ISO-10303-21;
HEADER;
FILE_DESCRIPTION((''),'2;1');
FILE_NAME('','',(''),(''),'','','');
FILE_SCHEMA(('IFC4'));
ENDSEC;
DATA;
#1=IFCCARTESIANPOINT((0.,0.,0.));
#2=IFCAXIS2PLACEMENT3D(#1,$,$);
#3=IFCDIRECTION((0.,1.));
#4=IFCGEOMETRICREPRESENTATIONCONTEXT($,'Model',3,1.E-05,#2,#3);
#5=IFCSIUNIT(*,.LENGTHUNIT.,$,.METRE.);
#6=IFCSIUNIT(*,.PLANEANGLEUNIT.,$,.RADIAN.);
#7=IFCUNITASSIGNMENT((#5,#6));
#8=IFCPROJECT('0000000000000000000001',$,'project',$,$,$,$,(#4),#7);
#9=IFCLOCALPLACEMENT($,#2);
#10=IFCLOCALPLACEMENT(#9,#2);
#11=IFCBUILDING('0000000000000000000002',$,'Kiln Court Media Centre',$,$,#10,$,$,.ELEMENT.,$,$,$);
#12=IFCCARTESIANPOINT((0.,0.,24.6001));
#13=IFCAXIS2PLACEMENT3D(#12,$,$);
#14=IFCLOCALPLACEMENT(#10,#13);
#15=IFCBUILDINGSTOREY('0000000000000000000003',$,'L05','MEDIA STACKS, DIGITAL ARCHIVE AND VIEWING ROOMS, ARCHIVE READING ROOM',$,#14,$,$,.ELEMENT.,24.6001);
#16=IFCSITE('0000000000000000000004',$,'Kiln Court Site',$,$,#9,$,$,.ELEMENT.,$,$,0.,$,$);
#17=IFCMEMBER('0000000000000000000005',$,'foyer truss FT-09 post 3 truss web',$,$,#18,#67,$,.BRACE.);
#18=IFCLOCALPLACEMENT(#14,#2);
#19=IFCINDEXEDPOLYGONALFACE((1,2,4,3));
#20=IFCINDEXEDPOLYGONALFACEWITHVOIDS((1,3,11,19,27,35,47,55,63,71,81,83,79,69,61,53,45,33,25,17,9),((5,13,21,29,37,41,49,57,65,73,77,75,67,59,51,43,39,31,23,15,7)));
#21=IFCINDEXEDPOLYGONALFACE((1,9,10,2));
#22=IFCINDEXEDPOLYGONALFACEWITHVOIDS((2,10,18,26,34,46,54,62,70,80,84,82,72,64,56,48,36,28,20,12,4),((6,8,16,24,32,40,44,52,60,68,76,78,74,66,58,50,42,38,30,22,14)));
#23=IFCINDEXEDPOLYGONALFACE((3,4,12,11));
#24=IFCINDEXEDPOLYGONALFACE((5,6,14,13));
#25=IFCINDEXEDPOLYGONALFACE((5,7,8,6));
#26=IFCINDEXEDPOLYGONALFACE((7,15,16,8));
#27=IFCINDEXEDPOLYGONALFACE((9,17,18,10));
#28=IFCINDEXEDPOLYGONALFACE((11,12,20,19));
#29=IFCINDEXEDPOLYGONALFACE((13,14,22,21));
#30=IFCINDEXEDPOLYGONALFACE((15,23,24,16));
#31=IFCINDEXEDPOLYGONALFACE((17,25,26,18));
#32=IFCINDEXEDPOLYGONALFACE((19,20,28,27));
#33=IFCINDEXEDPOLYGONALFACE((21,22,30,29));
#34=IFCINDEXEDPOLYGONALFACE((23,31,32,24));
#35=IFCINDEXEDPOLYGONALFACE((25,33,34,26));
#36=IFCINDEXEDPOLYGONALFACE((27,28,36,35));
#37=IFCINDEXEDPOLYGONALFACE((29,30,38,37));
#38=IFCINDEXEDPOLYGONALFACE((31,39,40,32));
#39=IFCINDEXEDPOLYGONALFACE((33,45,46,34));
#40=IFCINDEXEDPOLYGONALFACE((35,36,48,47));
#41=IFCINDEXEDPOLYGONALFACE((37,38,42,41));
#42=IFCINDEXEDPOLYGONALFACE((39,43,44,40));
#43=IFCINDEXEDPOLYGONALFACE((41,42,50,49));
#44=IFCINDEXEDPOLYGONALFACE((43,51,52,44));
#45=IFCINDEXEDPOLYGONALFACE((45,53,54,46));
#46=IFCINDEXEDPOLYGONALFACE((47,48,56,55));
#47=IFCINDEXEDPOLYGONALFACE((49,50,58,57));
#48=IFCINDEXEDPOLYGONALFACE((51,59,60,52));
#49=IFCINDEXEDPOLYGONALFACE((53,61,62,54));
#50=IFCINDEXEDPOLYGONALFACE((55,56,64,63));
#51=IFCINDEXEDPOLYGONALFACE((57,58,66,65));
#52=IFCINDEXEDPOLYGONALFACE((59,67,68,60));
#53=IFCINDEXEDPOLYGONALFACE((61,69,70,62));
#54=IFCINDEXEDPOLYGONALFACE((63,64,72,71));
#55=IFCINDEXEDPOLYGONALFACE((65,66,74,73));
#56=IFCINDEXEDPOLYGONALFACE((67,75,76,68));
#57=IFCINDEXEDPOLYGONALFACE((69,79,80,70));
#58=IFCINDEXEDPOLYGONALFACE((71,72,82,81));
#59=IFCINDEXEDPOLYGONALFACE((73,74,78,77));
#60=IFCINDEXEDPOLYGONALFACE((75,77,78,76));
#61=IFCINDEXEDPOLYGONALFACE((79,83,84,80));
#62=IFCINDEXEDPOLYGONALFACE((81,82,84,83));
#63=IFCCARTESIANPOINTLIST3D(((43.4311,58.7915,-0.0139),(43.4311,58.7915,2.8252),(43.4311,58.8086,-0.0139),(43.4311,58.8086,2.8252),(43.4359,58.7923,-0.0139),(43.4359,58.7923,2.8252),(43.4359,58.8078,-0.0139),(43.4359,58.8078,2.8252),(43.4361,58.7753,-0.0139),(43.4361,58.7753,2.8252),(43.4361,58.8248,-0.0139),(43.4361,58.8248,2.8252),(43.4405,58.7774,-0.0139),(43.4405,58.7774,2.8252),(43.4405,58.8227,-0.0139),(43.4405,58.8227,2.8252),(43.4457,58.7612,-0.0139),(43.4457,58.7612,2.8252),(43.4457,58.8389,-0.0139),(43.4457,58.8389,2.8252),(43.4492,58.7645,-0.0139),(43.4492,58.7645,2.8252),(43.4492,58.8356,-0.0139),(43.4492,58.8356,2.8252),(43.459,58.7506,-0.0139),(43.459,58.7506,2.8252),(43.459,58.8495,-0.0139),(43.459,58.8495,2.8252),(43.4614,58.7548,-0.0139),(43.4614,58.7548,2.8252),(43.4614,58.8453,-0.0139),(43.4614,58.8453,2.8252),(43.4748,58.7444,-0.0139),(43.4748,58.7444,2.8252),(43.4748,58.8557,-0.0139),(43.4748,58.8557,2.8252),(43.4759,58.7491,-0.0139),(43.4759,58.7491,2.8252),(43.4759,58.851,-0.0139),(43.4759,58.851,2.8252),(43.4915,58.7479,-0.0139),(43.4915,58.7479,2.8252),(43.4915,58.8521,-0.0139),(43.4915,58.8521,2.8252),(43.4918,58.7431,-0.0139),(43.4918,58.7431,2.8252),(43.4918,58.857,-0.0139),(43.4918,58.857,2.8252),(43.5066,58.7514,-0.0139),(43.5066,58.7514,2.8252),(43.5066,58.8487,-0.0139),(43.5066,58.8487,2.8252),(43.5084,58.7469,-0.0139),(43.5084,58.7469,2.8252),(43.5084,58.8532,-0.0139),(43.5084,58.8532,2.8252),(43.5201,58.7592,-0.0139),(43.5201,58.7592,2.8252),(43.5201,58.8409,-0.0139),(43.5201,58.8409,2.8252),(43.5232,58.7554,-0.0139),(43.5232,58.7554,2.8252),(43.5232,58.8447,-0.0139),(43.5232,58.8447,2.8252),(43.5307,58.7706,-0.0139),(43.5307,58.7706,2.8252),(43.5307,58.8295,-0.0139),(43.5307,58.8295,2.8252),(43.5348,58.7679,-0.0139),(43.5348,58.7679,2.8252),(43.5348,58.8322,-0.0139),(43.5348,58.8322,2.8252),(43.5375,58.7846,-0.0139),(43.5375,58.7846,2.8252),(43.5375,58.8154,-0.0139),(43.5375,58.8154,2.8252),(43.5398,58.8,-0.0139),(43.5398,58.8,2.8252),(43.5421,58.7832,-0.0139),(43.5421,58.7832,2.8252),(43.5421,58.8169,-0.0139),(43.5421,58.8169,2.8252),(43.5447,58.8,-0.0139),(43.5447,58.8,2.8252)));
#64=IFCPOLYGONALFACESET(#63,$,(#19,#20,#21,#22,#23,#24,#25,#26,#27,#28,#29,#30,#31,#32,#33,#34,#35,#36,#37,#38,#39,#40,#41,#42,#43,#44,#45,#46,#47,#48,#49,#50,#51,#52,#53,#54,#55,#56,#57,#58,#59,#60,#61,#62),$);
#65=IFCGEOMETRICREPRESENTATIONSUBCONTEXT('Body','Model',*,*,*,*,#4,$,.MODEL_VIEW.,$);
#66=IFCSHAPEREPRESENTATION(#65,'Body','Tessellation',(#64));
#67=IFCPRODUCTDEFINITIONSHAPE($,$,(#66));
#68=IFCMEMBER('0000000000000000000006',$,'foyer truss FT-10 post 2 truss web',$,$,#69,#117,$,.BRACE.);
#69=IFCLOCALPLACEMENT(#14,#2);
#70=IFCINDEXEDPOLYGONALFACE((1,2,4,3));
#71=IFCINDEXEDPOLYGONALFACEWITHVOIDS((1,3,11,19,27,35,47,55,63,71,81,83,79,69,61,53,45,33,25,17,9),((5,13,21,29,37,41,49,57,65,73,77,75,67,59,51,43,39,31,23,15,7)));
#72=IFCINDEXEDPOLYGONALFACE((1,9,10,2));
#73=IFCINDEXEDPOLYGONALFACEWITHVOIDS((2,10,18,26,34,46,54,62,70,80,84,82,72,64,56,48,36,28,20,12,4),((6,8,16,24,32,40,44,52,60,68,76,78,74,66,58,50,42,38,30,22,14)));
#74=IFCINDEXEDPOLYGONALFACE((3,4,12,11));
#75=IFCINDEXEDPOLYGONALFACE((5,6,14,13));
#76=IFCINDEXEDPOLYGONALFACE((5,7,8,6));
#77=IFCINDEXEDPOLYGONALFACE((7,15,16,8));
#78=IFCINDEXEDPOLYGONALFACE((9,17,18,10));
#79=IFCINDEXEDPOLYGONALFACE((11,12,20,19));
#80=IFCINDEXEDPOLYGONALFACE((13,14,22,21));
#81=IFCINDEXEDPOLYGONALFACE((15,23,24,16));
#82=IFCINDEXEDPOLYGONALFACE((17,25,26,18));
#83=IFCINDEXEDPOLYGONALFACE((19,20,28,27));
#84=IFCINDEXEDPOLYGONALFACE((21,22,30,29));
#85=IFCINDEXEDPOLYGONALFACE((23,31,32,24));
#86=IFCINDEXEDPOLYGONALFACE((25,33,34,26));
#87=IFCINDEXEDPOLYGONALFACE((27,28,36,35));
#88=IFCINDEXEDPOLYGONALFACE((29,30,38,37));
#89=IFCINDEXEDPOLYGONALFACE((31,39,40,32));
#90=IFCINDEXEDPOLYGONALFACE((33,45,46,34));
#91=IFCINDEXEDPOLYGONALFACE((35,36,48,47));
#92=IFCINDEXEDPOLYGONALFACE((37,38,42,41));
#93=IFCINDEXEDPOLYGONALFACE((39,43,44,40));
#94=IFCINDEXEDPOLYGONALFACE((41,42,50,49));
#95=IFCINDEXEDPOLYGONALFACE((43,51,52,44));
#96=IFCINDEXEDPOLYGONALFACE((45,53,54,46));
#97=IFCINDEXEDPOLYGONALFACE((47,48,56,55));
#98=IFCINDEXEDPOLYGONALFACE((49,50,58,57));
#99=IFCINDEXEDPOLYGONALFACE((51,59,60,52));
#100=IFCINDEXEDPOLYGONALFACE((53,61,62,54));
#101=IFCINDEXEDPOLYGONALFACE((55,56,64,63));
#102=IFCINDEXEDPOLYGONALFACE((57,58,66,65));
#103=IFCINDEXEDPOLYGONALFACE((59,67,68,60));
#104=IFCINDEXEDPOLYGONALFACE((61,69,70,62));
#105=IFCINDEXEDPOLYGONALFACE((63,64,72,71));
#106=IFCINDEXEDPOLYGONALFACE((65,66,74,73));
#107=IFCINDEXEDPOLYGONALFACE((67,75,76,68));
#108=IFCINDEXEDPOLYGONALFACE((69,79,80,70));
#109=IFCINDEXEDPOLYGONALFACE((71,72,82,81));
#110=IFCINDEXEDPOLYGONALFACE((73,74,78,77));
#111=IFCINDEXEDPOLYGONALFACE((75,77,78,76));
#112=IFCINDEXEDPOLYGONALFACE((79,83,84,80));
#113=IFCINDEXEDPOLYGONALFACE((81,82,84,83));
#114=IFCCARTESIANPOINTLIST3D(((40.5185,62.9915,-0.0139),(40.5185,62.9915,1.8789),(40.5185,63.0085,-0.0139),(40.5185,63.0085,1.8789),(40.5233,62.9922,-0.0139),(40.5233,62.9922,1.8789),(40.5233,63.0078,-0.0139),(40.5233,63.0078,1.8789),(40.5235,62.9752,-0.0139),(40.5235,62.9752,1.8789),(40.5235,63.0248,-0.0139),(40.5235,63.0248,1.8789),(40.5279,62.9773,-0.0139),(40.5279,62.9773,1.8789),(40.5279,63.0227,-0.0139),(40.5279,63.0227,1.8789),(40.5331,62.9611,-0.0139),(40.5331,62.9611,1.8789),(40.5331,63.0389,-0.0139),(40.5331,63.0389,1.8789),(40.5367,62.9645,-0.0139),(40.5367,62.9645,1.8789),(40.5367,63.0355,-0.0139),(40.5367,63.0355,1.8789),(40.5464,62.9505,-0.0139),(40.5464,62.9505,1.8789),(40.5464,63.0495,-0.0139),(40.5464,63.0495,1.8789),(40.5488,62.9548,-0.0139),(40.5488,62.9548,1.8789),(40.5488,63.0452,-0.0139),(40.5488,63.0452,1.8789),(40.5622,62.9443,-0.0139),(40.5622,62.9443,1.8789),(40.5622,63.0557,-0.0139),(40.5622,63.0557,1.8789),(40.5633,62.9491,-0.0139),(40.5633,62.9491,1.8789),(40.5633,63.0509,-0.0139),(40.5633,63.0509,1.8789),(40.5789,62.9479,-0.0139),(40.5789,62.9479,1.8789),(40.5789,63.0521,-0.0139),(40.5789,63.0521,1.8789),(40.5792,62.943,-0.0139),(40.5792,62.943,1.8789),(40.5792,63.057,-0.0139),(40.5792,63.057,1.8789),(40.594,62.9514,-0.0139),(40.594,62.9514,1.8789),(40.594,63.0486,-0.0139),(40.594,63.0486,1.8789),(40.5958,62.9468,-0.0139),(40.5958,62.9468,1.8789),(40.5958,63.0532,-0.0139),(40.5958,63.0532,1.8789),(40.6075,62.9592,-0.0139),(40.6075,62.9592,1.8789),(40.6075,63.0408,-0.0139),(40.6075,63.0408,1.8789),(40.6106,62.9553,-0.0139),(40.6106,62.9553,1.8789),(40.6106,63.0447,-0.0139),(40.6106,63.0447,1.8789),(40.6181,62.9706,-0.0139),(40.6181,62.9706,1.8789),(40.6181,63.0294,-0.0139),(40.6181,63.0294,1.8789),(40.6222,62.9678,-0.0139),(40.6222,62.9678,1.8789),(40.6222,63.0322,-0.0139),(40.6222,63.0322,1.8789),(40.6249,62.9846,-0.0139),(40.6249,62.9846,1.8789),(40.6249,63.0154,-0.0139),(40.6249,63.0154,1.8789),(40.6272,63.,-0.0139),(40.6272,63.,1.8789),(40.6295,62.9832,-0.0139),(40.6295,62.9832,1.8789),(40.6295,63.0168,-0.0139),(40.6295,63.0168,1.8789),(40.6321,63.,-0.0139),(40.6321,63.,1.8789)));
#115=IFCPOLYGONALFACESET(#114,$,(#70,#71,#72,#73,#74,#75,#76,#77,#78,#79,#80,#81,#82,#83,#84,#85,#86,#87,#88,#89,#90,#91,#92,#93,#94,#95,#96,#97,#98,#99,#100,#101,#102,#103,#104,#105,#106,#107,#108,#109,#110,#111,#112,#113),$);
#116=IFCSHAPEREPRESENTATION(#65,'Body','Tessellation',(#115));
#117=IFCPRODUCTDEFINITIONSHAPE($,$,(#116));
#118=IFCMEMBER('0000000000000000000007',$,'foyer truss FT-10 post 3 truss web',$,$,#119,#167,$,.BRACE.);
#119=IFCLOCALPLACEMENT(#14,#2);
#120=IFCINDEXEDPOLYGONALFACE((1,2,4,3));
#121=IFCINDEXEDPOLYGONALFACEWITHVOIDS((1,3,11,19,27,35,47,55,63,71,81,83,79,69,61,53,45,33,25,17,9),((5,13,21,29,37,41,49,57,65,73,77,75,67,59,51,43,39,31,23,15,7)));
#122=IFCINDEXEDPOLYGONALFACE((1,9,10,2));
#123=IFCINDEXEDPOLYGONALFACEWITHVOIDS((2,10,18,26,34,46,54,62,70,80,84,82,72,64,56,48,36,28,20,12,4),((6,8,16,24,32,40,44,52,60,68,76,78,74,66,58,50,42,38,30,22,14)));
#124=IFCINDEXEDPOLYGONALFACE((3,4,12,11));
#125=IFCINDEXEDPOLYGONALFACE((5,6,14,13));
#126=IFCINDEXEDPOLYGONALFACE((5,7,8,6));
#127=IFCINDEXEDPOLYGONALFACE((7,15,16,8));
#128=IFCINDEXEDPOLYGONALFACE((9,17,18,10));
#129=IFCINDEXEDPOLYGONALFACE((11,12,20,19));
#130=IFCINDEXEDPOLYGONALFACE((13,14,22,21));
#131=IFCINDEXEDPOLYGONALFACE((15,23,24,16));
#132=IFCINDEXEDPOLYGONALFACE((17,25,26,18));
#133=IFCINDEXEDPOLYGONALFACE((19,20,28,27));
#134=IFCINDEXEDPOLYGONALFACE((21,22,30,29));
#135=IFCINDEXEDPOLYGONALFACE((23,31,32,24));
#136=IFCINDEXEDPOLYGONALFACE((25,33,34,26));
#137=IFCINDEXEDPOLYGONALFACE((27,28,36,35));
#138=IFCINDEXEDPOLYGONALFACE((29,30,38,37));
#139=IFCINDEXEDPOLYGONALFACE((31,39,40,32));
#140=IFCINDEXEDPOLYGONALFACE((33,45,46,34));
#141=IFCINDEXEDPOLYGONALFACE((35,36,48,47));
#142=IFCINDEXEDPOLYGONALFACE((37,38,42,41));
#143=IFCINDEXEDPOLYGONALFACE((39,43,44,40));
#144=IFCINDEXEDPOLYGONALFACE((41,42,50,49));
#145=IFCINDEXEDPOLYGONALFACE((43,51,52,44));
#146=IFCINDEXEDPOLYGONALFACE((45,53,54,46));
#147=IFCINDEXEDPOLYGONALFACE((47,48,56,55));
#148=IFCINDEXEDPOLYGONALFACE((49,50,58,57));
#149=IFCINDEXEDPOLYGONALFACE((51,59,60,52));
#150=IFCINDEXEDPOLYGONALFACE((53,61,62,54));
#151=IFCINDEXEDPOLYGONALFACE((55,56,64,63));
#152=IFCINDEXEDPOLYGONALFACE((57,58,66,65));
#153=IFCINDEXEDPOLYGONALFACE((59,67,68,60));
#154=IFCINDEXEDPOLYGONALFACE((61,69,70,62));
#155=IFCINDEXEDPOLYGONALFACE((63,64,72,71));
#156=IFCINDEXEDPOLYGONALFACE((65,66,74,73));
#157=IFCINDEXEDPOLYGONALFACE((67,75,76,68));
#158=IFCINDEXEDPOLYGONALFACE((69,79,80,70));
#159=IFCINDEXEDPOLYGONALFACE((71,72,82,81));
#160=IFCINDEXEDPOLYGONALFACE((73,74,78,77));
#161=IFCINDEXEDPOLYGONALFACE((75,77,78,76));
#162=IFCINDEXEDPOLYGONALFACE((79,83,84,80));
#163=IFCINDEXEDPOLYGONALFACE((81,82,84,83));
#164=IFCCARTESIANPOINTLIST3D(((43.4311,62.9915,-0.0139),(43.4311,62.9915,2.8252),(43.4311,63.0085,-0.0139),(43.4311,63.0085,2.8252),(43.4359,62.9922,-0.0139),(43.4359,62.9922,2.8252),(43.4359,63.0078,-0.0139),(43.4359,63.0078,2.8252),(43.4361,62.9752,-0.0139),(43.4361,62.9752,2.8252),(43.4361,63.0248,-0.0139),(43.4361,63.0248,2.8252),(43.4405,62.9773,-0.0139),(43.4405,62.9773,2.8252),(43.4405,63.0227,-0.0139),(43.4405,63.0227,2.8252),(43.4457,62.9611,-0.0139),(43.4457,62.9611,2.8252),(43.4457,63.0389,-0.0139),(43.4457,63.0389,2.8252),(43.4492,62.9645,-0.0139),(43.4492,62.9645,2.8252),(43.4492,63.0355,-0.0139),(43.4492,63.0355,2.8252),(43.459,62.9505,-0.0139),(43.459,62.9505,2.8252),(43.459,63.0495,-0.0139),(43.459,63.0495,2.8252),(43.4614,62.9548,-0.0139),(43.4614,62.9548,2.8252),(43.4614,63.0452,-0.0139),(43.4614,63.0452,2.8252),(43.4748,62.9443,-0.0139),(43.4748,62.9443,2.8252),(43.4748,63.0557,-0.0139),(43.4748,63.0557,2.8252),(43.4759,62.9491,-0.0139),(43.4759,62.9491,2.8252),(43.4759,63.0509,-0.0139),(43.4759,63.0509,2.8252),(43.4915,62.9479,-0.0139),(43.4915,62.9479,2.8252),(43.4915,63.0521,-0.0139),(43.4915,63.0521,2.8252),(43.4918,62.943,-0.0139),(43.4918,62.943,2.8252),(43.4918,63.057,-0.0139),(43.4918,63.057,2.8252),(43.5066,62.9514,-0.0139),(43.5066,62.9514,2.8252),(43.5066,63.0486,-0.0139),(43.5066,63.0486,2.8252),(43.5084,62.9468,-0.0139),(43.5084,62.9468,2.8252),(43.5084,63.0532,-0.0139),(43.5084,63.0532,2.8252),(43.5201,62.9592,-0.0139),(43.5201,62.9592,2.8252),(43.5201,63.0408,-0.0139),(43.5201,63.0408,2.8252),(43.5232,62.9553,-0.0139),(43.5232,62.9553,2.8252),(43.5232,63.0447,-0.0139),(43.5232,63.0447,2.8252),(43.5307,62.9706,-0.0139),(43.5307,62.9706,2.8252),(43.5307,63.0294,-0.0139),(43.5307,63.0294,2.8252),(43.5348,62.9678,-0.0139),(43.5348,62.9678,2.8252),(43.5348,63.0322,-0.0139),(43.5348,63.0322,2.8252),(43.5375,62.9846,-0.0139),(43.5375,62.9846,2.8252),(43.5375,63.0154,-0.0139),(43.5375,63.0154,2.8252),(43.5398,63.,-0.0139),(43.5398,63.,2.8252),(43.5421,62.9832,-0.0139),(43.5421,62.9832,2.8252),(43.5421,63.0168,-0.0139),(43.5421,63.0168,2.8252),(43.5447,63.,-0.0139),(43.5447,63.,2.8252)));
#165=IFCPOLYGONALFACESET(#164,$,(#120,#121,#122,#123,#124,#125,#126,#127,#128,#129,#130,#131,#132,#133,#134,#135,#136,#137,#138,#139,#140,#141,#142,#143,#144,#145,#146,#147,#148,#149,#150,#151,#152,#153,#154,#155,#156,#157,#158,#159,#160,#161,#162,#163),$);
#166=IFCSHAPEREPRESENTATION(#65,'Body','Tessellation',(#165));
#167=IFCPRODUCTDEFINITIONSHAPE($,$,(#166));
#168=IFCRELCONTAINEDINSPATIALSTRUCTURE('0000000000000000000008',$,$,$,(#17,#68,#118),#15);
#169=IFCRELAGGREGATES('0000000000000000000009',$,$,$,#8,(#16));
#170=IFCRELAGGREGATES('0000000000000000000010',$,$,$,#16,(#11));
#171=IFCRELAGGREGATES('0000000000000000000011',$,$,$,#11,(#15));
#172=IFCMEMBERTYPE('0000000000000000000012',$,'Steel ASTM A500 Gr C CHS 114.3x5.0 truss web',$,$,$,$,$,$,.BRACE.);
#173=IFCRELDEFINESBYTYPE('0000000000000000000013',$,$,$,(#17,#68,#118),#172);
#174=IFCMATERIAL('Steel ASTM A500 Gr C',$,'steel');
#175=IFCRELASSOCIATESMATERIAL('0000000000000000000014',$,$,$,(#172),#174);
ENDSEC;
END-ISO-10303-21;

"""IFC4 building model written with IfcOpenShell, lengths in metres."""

from ifc_helpers import new_model, si_unit, direction, frame, origin, origin_2d, place, context, subcontext, project, spatial, hollow_circle, extrude, material, material_profile, profile_set, type_object, element, save


model = new_model("IFC4")

# Units and contexts
model_context = context("Model", 3, precision=1e-05, world=origin(), true_north=direction((0.0, 1.0)))
body_context = subcontext(model_context, "Body", "Model", "MODEL_VIEW")
ifc_project = project(units=[si_unit("LENGTHUNIT", "METRE"), si_unit("PLANEANGLEUNIT", "RADIAN")], contexts=[model_context])

# Site, building, storey
site_placement = place(None, origin())
site = spatial("IfcSite", under=ifc_project, at=site_placement, Name="Kiln Court Site", CompositionType="ELEMENT", RefElevation=0.0)
building_placement = place(site_placement, origin())
building = spatial("IfcBuilding", under=site, at=building_placement, Name="Kiln Court Media Centre", CompositionType="ELEMENT")
storey_placement = place(building_placement, frame((0.0, 0.0, 24.6001)))
storey = spatial("IfcBuildingStorey", under=building, at=storey_placement, Name="L05", Description="MEDIA STACKS, DIGITAL ARCHIVE AND VIEWING ROOMS, ARCHIVE READING ROOM", CompositionType="ELEMENT", Elevation=24.6001)

# Members
ifc_material_1 = material(Name="Steel ASTM A500 Gr C", Category="steel")
ifc_material_profile_1 = material_profile(ifc_material_1, hollow_circle(Radius=0.0571, WallThickness=0.0049, at=origin_2d()), Name="CHS 114.3x5.0")
ifc_profile_set_1 = profile_set([ifc_material_profile_1], Name="Steel ASTM A500 Gr C")
member_type_1 = type_object("IfcMemberType", Name="Steel ASTM A500 Gr C CHS 114.3x5.0 truss web", PredefinedType="BRACE", material=ifc_profile_set_1)
member_1_placement = place(storey_placement, frame((43.4875, 58.8, -0.0139), z_axis=(0.0, 0.0, 1.0), x_axis=(1.0, 0.0, 0.0)))
element("IfcMember", 1, at=member_1_placement, inside=storey, type_object=member_type_1, Name="foyer truss FT-09 post 3 truss web", PredefinedType="BRACE", context=body_context, shape_type="SweptSolid", body=[
    extrude(hollow_circle(Radius=0.0571, WallThickness=0.0049, at=origin_2d()), origin(), (0.0, 0.0, 1.0), 2.8391),
])
member_2_placement = place(storey_placement, frame((40.575, 63.0, -0.0139), z_axis=(0.0, 0.0, 1.0), x_axis=(1.0, 0.0, 0.0)))
element("IfcMember", 2, at=member_2_placement, inside=storey, type_object=member_type_1, Name="foyer truss FT-10 post 2 truss web", PredefinedType="BRACE", context=body_context, shape_type="SweptSolid", body=[
    extrude(hollow_circle(Radius=0.0571, WallThickness=0.0049, at=origin_2d()), origin(), (0.0, 0.0, 1.0), 1.8928),
])
member_3_placement = place(storey_placement, frame((43.4875, 63.0, -0.0139), z_axis=(0.0, 0.0, 1.0), x_axis=(1.0, 0.0, 0.0)))
element("IfcMember", 3, at=member_3_placement, inside=storey, type_object=member_type_1, Name="foyer truss FT-10 post 3 truss web", PredefinedType="BRACE", context=body_context, shape_type="SweptSolid", body=[
    extrude(hollow_circle(Radius=0.0571, WallThickness=0.0049, at=origin_2d()), origin(), (0.0, 0.0, 1.0), 2.8391),
])

save(model, "model.ifc")
